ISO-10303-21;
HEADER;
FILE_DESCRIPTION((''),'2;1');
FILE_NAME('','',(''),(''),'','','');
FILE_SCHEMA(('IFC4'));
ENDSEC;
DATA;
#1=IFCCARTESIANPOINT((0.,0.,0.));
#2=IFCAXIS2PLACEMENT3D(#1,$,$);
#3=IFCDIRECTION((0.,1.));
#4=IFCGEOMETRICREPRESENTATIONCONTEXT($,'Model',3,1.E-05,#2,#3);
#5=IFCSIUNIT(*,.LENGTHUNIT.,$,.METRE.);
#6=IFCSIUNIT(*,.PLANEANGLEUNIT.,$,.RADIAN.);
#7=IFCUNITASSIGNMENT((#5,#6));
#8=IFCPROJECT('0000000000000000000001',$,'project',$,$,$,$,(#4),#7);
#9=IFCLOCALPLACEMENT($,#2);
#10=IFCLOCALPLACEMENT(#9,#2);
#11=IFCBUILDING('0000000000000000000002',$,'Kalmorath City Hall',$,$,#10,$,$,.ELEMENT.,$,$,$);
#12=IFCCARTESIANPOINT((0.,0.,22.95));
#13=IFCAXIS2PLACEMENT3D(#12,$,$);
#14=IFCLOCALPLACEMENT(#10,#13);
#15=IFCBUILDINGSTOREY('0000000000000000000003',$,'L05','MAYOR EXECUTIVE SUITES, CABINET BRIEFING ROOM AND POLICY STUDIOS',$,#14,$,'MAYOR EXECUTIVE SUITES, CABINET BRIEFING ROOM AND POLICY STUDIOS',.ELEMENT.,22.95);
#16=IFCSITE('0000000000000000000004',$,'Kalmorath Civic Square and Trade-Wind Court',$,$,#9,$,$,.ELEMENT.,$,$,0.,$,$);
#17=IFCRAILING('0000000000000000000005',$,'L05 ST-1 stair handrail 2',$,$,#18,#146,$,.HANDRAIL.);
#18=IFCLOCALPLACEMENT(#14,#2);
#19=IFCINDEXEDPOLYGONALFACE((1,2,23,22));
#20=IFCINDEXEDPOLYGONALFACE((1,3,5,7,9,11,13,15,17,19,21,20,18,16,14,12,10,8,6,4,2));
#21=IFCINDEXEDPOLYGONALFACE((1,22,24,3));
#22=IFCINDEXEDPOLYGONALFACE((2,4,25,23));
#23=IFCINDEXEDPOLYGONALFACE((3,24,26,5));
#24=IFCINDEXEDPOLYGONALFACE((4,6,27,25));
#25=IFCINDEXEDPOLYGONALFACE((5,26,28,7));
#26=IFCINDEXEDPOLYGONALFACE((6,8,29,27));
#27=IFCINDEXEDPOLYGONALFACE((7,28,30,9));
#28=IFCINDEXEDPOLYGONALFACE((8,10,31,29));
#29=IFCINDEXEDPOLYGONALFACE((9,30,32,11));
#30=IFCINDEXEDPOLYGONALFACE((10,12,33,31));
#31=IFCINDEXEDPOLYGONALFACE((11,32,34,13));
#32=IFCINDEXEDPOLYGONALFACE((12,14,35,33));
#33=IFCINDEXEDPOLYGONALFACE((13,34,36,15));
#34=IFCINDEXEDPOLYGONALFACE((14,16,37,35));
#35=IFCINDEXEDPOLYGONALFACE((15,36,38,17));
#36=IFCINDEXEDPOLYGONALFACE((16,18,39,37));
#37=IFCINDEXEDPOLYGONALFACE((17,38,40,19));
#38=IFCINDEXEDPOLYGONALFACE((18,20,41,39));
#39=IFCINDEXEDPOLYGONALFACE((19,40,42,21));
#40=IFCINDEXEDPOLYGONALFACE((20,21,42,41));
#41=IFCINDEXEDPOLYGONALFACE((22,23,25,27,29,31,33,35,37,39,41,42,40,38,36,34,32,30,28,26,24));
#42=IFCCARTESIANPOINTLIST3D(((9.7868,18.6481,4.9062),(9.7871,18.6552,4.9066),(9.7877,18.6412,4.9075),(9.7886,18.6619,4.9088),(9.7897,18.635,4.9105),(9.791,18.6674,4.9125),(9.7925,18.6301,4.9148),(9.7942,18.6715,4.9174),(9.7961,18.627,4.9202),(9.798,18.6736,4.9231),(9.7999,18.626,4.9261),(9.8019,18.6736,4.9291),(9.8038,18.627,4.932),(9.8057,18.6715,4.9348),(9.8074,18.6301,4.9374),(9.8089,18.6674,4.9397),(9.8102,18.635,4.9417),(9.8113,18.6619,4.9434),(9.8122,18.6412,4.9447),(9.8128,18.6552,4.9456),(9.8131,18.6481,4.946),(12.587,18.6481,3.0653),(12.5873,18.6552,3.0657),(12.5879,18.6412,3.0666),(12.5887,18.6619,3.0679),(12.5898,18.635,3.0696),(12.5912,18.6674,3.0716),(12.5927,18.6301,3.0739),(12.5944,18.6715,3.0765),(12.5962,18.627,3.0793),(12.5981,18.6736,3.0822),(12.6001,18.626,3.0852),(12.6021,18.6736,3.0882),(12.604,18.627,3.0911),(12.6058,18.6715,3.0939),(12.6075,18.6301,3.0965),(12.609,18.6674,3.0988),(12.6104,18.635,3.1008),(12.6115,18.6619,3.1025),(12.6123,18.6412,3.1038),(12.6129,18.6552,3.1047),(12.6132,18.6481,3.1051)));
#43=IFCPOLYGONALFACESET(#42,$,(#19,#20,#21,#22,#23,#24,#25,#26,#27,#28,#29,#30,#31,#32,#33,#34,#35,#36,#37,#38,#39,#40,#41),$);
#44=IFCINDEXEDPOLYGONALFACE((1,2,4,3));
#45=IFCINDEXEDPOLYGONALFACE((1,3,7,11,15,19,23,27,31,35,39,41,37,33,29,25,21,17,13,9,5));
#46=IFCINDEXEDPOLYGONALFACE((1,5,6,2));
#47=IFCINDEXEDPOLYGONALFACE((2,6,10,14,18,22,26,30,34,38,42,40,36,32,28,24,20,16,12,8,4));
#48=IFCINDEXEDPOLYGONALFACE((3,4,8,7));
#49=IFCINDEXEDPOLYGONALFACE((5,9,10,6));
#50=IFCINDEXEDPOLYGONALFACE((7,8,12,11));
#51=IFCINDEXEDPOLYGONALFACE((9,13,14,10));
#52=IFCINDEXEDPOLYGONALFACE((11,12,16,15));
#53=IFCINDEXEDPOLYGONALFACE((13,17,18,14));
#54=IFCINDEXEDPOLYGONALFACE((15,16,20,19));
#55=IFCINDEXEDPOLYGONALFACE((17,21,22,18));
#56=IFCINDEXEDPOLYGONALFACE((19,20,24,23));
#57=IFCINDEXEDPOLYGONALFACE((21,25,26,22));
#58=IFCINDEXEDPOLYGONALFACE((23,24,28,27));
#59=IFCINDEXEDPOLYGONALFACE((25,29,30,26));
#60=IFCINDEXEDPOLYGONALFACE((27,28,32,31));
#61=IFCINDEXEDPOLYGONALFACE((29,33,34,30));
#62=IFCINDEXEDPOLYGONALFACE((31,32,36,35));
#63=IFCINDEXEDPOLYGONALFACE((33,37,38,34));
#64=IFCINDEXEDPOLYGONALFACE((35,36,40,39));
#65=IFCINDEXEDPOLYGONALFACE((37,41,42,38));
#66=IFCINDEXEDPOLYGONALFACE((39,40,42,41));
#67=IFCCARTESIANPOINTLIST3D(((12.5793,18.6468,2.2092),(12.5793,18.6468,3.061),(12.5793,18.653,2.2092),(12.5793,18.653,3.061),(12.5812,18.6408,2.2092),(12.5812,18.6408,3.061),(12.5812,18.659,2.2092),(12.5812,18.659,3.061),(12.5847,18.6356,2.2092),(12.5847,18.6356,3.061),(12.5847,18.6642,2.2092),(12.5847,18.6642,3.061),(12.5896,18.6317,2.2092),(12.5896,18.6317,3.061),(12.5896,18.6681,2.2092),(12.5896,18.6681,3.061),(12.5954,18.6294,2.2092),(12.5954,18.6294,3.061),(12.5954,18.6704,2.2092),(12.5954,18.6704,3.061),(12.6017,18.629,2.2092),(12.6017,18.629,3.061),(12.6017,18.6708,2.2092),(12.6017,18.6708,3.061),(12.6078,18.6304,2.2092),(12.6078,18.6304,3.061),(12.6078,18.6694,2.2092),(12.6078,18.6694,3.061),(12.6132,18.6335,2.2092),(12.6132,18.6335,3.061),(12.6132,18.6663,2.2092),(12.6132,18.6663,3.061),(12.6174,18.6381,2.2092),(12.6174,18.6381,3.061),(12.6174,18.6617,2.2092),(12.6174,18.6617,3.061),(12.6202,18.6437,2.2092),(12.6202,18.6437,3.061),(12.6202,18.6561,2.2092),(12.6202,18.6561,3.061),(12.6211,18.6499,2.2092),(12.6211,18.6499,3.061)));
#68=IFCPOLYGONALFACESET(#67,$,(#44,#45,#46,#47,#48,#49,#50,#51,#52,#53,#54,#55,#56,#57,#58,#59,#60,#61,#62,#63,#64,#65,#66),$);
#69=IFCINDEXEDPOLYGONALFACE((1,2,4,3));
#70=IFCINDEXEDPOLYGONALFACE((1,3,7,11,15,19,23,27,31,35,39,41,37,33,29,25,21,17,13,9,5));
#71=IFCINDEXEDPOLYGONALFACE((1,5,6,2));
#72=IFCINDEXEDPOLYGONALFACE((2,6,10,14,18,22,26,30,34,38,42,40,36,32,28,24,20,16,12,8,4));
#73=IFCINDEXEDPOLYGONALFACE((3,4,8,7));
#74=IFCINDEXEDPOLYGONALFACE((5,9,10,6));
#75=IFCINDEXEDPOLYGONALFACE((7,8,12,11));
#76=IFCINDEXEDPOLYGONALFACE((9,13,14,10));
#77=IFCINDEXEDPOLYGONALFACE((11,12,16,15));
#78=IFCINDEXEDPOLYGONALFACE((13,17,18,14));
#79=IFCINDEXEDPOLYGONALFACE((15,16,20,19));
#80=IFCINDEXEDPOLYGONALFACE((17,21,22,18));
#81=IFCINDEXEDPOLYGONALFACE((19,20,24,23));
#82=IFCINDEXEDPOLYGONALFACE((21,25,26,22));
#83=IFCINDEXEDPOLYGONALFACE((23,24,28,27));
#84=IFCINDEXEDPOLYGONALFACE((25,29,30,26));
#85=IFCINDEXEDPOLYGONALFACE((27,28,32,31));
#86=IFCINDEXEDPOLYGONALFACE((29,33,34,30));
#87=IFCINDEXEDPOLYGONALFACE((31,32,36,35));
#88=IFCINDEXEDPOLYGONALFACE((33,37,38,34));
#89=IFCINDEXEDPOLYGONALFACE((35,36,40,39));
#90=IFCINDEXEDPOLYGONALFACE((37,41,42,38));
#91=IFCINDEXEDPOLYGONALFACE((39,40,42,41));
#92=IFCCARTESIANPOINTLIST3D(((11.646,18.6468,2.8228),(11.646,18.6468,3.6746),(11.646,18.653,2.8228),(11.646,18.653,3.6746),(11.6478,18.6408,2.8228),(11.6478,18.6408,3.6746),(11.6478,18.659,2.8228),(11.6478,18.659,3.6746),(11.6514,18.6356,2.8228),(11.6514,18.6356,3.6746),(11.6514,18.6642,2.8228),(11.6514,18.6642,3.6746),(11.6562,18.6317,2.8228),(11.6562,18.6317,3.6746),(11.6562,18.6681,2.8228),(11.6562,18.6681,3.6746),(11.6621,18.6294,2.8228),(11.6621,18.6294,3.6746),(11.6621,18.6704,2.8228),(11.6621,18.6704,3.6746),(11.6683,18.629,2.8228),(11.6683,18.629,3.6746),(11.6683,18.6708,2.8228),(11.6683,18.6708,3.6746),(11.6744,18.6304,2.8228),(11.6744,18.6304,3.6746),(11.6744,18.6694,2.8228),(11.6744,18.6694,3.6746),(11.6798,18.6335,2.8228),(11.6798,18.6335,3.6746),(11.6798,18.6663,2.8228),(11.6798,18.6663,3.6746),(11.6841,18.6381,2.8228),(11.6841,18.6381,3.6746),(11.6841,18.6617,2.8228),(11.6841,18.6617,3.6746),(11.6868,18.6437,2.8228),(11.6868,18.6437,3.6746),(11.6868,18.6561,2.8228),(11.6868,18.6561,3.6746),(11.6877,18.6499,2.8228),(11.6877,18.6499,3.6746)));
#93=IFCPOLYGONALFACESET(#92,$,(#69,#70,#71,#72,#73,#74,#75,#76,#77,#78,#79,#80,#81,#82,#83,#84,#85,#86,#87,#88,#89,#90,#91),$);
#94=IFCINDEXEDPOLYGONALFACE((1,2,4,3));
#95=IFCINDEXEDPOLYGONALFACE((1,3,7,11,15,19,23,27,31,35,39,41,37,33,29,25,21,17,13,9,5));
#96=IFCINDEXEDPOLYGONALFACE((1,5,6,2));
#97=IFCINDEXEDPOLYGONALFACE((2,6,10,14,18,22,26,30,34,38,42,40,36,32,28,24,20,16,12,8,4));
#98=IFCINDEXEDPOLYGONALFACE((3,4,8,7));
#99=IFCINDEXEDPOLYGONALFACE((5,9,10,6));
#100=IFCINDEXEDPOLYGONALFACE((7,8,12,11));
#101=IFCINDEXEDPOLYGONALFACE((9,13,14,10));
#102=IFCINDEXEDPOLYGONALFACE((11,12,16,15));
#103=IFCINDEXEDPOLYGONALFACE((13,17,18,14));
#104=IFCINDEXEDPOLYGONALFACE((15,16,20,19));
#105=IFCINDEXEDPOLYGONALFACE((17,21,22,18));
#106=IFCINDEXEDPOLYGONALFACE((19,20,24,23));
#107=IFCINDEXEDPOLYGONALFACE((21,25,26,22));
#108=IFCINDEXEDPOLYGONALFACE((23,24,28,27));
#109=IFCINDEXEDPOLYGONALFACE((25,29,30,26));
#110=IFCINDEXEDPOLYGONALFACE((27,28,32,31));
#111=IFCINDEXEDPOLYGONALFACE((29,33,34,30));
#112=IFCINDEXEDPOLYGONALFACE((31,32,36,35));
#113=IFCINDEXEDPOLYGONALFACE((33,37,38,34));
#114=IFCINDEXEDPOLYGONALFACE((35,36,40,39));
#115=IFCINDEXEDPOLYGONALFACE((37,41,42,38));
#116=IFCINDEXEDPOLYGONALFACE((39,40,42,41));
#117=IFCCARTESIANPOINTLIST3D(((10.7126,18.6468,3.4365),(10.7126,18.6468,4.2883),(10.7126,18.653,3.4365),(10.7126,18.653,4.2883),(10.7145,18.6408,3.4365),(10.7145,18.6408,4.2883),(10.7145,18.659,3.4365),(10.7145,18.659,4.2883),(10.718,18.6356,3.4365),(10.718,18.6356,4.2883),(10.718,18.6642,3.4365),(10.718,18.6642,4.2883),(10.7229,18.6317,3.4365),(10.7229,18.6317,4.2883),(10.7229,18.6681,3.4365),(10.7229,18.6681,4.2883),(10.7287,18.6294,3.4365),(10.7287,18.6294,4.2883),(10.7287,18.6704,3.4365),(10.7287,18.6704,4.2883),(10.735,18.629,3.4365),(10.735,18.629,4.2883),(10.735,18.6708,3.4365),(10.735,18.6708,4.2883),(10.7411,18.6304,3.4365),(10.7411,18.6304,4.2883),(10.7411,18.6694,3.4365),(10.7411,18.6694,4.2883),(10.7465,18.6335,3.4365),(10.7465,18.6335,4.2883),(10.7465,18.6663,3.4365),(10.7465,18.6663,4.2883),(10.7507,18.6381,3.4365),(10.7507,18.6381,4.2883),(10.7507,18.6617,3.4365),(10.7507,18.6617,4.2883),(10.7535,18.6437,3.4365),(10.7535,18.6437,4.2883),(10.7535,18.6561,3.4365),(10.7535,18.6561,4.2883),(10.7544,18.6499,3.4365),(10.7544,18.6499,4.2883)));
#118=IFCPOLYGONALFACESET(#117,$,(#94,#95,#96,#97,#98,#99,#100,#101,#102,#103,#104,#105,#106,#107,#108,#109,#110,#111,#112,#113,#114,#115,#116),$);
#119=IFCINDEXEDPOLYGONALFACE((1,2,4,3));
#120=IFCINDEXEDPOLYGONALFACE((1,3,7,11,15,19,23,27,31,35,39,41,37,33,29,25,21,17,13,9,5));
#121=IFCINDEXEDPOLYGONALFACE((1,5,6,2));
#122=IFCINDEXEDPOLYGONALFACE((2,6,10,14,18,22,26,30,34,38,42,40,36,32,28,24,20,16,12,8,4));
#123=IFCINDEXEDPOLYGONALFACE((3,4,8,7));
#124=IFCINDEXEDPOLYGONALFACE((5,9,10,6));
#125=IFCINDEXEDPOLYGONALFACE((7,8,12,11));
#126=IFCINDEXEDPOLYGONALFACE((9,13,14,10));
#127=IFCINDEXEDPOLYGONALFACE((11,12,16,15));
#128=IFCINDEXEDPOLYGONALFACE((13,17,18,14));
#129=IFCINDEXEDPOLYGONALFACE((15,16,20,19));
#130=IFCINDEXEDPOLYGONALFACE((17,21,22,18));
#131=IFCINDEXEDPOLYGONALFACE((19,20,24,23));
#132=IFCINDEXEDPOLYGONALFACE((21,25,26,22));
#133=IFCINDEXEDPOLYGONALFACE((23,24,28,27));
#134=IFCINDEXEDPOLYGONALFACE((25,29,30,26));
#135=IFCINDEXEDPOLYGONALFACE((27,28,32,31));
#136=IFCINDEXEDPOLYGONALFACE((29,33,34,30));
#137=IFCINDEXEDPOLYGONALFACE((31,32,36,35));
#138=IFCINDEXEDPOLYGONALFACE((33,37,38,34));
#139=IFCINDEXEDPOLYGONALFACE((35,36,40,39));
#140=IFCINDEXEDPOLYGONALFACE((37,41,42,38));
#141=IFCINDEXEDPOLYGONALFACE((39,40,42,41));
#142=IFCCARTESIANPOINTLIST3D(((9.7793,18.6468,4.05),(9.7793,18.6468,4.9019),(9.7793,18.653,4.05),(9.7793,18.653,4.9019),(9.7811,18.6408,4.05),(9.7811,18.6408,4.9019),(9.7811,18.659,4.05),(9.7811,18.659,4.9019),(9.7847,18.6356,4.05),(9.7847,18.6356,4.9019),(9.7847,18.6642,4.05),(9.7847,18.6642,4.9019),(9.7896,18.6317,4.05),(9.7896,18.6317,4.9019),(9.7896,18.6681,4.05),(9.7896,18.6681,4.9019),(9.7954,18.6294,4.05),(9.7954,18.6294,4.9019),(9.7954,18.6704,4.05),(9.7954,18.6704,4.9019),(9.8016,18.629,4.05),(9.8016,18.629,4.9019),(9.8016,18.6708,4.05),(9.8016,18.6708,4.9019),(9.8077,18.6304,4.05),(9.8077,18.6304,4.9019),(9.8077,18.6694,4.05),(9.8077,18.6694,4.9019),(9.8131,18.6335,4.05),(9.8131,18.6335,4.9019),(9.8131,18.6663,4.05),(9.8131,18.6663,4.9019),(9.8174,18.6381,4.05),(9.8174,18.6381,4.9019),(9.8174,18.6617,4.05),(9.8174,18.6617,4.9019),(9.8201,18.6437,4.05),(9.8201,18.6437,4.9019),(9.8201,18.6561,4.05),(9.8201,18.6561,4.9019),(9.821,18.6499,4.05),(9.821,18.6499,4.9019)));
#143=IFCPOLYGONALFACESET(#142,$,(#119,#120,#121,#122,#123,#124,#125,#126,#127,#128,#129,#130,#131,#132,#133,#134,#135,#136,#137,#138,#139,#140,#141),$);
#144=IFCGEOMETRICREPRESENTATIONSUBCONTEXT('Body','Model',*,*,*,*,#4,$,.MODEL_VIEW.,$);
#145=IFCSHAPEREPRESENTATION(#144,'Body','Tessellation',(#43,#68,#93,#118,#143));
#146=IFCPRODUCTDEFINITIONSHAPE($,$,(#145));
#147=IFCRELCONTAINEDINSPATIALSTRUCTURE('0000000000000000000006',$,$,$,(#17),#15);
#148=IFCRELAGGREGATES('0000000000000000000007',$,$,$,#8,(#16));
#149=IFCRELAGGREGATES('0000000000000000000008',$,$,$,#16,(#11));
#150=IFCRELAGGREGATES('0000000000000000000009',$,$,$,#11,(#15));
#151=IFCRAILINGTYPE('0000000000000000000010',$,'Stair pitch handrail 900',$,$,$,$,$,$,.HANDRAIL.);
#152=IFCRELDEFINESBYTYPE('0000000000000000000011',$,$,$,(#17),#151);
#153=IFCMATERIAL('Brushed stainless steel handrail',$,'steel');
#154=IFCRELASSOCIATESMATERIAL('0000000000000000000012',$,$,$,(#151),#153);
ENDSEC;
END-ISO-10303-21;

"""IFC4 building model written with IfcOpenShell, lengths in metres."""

from ifc_helpers import new_model, si_unit, direction, frame, origin, origin_2d, place, context, subcontext, project, spatial, circle, extrude, material, type_object, element, save


model = new_model("IFC4")

# Units and contexts
model_context = context("Model", 3, precision=1e-05, world=origin(), true_north=direction((0.0, 1.0)))
body_context = subcontext(model_context, "Body", "Model", "MODEL_VIEW")
ifc_project = project(units=[si_unit("LENGTHUNIT", "METRE"), si_unit("PLANEANGLEUNIT", "RADIAN")], contexts=[model_context])

# Site, building, storey
site_placement = place(None, origin())
site = spatial("IfcSite", under=ifc_project, at=site_placement, Name="Kalmorath Civic Square and Trade-Wind Court", CompositionType="ELEMENT", RefElevation=0.0)
building_placement = place(site_placement, origin())
building = spatial("IfcBuilding", under=site, at=building_placement, Name="Kalmorath City Hall", CompositionType="ELEMENT")
storey_placement = place(building_placement, frame((0.0, 0.0, 22.95)))
storey = spatial("IfcBuildingStorey", under=building, at=storey_placement, Name="L05", Description="MAYOR EXECUTIVE SUITES, CABINET BRIEFING ROOM AND POLICY STUDIOS", LongName="MAYOR EXECUTIVE SUITES, CABINET BRIEFING ROOM AND POLICY STUDIOS", CompositionType="ELEMENT", Elevation=22.95)

# Railing
ifc_material_1 = material(Name="Brushed stainless steel handrail", Category="steel")
railing_type_1 = type_object("IfcRailingType", Name="Stair pitch handrail 900", PredefinedType="HANDRAIL", material=ifc_material_1)
railing_1_placement = place(storey_placement, frame((12.6001, 18.6499, 2.2092)))
element("IfcRailing", 1, at=railing_1_placement, inside=storey, type_object=railing_type_1, Name="L05 ST-1 stair handrail 2", PredefinedType="HANDRAIL", context=body_context, shape_type="SweptSolid", body=[
    extrude(circle(Radius=0.0239, at=origin_2d()), frame((0.0, 0.0, 0.876), z_axis=(-0.835598, 0.0, 0.549342), x_axis=(0.0, -1.0, 0.0)), (0.0, 0.0, 1.0), 3.3511),
    extrude(circle(Radius=0.021, at=origin_2d()), origin(), (0.0, 0.0, 1.0), 0.8518),
    extrude(circle(Radius=0.021, at=origin_2d()), frame((-0.9333, 0.0, 0.6135)), (0.0, 0.0, 1.0), 0.8518),
    extrude(circle(Radius=0.021, at=origin_2d()), frame((-1.8667, 0.0, 1.2273)), (0.0, 0.0, 1.0), 0.8518),
    extrude(circle(Radius=0.021, at=origin_2d()), frame((-2.8, 0.0, 1.8408)), (0.0, 0.0, 1.0), 0.8518),
])

save(model, "model.ifc")
